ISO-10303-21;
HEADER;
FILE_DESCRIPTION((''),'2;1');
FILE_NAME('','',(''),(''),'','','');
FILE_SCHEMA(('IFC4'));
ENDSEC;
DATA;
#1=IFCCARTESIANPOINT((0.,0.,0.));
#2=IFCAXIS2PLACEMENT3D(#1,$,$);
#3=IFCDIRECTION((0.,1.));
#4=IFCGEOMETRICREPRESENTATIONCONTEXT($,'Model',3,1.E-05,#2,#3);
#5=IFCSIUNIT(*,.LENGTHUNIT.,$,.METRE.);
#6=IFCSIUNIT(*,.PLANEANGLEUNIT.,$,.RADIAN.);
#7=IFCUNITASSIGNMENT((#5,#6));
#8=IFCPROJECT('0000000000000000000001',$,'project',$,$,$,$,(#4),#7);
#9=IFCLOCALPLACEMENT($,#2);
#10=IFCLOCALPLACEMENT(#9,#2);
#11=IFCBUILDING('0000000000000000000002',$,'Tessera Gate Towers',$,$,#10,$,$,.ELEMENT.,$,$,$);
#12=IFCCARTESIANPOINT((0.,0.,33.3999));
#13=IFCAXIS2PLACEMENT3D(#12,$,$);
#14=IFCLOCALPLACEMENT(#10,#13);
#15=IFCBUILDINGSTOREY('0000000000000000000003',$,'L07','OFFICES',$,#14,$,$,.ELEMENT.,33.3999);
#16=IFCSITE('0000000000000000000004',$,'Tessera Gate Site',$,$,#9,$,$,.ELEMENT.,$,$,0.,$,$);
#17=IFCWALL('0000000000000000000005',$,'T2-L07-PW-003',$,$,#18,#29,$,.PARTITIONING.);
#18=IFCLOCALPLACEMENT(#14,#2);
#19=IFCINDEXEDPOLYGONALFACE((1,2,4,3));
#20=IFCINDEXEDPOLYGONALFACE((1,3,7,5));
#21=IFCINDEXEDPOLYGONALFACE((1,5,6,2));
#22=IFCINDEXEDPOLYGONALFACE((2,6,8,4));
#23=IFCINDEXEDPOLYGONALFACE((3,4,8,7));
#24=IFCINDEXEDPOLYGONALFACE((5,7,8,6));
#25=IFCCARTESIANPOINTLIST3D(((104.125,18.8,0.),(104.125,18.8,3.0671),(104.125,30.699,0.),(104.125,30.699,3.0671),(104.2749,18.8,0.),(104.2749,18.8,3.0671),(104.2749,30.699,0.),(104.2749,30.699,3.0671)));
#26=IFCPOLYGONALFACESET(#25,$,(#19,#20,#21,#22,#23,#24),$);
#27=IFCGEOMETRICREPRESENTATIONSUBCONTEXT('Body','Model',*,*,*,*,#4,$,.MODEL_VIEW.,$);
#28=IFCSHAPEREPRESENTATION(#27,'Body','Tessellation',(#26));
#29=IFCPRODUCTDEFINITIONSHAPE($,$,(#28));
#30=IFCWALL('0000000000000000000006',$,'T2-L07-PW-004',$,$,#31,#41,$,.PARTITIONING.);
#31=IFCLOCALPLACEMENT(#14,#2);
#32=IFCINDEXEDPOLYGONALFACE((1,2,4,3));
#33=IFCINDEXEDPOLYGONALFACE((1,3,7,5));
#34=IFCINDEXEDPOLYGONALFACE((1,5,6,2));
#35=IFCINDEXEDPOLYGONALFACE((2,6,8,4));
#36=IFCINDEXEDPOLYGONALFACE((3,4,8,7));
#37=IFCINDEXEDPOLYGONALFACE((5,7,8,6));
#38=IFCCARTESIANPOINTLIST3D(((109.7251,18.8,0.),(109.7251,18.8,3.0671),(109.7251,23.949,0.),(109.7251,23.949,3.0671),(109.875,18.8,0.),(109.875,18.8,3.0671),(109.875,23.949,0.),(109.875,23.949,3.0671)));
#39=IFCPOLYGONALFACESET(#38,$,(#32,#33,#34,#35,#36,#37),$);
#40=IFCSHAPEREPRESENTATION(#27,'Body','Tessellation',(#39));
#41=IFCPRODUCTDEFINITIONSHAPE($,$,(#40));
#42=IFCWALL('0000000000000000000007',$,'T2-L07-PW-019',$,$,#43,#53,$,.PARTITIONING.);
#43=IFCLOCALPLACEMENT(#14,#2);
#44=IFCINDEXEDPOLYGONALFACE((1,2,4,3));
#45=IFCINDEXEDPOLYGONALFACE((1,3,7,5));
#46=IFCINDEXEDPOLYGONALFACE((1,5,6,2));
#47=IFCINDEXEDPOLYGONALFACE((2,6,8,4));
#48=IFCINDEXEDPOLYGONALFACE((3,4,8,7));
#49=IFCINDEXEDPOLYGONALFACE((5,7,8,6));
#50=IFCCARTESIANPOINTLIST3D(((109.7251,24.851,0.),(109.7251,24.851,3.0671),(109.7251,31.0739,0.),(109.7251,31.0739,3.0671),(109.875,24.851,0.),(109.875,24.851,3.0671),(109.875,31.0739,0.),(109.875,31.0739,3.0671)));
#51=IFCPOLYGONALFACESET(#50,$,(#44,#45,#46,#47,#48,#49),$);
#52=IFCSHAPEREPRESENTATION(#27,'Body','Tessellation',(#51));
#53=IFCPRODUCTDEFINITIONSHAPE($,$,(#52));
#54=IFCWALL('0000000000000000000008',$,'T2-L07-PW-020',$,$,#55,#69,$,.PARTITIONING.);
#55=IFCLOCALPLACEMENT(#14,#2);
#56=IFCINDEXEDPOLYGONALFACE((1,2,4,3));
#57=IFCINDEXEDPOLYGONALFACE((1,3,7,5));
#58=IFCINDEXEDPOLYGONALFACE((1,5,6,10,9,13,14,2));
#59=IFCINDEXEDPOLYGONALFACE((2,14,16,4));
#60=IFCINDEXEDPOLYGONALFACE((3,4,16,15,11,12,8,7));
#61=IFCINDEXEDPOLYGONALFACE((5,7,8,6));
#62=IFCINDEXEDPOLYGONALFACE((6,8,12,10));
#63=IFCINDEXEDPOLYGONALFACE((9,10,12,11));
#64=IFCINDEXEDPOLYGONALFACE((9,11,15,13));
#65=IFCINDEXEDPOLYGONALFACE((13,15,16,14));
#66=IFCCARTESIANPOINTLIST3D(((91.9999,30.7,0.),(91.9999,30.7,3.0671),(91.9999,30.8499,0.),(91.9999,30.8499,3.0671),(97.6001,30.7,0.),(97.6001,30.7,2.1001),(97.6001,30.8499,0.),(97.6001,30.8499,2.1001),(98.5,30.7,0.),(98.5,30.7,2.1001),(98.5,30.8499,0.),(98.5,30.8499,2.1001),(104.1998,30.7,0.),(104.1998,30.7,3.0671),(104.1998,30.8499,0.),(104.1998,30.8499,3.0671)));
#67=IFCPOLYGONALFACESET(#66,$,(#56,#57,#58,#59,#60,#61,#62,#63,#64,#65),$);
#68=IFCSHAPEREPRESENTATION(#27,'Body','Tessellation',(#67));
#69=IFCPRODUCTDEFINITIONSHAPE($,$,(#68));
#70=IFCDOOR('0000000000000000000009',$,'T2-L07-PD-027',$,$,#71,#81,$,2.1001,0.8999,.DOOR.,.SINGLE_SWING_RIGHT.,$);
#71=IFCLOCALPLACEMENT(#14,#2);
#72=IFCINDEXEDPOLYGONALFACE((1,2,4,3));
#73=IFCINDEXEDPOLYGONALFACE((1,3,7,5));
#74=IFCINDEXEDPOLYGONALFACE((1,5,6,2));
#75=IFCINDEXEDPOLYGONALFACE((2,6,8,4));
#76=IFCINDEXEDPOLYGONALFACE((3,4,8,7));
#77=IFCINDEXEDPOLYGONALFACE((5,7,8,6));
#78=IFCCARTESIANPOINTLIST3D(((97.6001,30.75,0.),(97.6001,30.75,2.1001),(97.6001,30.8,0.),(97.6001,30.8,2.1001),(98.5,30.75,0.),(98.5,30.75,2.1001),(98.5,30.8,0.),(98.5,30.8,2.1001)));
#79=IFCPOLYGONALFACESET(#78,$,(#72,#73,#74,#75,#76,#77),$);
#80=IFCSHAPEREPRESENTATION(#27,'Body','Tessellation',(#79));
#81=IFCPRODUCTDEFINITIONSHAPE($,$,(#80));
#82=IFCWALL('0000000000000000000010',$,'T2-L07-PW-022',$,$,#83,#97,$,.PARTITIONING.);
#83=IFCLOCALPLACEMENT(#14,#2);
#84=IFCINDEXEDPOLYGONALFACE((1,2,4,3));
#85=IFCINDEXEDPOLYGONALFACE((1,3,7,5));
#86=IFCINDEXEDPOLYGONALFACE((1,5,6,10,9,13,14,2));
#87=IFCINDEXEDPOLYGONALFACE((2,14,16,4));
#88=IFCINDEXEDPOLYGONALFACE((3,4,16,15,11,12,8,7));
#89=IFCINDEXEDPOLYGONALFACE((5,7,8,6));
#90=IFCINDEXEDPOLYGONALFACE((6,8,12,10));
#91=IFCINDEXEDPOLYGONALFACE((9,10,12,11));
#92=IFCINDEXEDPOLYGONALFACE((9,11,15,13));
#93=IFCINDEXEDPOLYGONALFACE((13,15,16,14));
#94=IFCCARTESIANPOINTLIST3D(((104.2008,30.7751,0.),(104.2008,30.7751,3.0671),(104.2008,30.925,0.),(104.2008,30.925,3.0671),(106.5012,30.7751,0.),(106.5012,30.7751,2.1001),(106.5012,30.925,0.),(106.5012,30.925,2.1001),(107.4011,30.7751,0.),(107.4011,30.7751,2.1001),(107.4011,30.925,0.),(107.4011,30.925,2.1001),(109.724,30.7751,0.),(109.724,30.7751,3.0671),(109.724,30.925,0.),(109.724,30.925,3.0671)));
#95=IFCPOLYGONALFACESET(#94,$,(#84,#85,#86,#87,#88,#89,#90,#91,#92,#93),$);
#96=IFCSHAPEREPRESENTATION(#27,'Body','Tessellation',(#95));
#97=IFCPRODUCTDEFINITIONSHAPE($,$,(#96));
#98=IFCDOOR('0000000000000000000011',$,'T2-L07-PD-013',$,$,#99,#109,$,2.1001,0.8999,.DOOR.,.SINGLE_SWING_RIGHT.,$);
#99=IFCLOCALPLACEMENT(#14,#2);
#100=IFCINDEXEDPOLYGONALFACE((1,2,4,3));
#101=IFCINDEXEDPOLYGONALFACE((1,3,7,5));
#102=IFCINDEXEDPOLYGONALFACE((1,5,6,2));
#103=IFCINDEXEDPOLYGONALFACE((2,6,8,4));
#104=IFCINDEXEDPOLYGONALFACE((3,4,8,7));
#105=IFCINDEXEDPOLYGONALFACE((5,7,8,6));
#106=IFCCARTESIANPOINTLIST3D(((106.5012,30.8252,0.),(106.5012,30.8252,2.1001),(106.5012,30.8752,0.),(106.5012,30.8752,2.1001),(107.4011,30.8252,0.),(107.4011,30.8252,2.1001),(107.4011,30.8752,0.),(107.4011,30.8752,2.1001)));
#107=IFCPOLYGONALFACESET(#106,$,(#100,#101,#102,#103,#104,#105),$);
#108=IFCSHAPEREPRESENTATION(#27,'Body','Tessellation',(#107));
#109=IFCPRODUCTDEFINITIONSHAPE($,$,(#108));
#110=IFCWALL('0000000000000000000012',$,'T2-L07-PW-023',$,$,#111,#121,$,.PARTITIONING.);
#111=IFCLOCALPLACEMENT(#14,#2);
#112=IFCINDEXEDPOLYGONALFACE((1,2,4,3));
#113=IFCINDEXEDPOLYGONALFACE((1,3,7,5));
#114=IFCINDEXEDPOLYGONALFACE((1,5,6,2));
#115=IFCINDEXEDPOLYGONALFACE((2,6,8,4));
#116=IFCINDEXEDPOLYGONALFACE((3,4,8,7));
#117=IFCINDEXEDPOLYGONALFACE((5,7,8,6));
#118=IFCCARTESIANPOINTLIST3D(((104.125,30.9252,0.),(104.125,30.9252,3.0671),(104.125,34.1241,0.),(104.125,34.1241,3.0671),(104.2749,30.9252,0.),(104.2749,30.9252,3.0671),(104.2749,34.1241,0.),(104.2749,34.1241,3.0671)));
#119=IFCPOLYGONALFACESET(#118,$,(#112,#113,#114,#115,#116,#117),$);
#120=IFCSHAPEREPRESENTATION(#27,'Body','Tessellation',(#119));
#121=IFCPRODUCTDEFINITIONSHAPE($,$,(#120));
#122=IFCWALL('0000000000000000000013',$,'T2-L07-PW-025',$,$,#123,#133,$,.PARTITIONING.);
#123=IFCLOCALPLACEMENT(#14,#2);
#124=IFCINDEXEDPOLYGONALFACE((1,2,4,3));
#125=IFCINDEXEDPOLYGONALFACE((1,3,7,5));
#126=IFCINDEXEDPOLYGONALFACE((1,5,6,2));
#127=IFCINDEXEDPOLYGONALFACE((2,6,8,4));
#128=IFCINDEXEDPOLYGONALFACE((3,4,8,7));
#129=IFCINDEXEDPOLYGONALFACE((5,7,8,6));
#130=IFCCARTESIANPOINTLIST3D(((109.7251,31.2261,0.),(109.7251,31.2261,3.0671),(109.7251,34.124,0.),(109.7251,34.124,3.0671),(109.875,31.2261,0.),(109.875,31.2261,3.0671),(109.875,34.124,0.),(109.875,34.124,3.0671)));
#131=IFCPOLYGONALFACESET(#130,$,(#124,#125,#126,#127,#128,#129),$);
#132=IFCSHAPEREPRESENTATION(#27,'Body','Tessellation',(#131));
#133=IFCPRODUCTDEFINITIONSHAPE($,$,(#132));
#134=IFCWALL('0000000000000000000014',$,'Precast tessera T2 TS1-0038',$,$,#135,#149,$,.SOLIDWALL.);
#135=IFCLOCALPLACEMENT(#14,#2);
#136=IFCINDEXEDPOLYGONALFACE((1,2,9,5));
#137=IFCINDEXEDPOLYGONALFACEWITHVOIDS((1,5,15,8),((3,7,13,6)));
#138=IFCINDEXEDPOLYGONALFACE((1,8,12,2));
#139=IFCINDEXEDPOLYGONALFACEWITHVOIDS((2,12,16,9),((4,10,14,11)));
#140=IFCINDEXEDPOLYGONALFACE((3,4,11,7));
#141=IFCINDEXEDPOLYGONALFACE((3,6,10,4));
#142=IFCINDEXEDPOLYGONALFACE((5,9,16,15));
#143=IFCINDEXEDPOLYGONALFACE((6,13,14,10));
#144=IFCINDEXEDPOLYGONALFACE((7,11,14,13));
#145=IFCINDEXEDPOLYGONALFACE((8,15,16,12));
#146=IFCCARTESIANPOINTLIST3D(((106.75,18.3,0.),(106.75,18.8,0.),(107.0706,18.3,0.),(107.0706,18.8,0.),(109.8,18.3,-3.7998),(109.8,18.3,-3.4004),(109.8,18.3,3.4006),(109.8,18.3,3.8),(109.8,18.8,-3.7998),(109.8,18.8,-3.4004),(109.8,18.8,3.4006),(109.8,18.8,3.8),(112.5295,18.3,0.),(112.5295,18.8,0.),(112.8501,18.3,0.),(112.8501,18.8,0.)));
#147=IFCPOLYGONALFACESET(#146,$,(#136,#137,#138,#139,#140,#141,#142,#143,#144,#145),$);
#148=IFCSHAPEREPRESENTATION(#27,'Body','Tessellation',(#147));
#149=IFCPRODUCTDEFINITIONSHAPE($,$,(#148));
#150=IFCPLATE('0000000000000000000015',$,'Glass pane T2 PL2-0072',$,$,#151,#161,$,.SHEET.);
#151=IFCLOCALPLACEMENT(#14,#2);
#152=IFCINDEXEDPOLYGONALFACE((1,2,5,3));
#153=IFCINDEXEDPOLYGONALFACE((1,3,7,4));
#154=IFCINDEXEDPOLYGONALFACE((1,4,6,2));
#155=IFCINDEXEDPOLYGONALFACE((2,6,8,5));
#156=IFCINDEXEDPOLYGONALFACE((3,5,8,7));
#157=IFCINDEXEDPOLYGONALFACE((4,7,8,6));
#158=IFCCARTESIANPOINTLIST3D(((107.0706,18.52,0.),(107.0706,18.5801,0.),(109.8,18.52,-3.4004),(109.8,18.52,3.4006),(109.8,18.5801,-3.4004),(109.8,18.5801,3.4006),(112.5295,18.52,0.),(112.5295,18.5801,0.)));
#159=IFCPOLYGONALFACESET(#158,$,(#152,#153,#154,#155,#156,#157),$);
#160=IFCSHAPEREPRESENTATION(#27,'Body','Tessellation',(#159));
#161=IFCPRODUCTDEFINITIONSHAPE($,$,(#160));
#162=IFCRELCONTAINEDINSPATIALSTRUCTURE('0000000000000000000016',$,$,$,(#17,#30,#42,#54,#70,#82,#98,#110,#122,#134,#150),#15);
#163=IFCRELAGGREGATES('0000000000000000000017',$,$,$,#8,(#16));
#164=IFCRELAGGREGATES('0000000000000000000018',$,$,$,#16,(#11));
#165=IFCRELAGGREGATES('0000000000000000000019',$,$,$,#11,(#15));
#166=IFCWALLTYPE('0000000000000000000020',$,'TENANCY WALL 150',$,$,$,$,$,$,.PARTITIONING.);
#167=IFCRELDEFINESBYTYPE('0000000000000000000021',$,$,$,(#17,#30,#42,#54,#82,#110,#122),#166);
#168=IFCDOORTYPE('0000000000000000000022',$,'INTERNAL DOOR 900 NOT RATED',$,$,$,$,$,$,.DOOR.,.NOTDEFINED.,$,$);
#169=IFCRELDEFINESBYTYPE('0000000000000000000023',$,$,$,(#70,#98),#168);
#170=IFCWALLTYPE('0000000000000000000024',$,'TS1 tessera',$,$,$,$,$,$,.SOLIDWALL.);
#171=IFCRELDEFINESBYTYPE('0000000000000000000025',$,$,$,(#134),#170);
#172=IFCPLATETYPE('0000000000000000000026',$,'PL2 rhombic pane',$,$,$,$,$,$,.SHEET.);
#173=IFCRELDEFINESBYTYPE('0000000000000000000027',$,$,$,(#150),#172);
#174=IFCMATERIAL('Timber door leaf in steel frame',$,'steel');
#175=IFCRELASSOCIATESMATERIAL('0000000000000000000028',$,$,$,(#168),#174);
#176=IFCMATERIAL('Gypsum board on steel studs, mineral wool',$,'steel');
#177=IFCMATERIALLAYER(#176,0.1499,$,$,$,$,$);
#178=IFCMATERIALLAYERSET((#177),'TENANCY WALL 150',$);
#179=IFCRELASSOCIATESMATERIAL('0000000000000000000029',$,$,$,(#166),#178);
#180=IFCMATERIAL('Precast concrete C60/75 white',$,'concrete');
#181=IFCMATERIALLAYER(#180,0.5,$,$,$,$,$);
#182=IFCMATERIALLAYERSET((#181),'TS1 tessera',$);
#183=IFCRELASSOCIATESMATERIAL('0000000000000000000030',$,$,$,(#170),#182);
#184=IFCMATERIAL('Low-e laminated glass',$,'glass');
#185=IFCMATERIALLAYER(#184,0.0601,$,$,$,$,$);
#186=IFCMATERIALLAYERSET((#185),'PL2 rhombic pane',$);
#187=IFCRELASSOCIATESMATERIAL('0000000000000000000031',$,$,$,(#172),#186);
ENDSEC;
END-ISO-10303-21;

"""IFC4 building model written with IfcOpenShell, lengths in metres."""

from ifc_helpers import new_model, si_unit, direction, frame, frame_2d, origin, place, context, subcontext, project, spatial, polyline, rectangle, outline, extrude, source, transform, mapped, material, layer, layer_set, type_object, element, fill, save


model = new_model("IFC4")

# Units and contexts
model_context = context("Model", 3, precision=1e-05, world=origin(), true_north=direction((0.0, 1.0)))
body_context = subcontext(model_context, "Body", "Model", "MODEL_VIEW")
ifc_project = project(units=[si_unit("LENGTHUNIT", "METRE"), si_unit("PLANEANGLEUNIT", "RADIAN")], contexts=[model_context])

# Site, building, storey
site_placement = place(None, origin())
site = spatial("IfcSite", under=ifc_project, at=site_placement, Name="Tessera Gate Site", CompositionType="ELEMENT", RefElevation=0.0)
building_placement = place(site_placement, origin())
building = spatial("IfcBuilding", under=site, at=building_placement, Name="Tessera Gate Towers", CompositionType="ELEMENT")
storey_placement = place(building_placement, frame((0.0, 0.0, 33.3999)))
storey = spatial("IfcBuildingStorey", under=building, at=storey_placement, Name="L07", Description="OFFICES", CompositionType="ELEMENT", Elevation=33.3999)

# Shared definitions
ifc_material_1 = material(Name="Timber door leaf in steel frame", Category="steel")
door_type = type_object("IfcDoorType", Name="INTERNAL DOOR 900 NOT RATED", OperationType="NOTDEFINED", PredefinedType="DOOR", material=ifc_material_1)
shared_shape_1 = source(origin(), body_context, "Body", "SweptSolid", [
    extrude(rectangle(XDim=0.8999, YDim=2.1001, at=frame_2d((0.45, 1.05))), frame((0.0, 0.0249, 0.0), z_axis=(0.0, -1.0, 0.0), x_axis=(1.0, 0.0, 0.0)), (0.0, 0.0, 1.0), 0.05),
])

# Walls
ifc_material_2 = material(Name="Gypsum board on steel studs, mineral wool", Category="steel")
ifc_layer_1 = layer(ifc_material_2, 0.1499)
ifc_layer_set_1 = layer_set([ifc_layer_1], Name="TENANCY WALL 150")
wall_type_1 = type_object("IfcWallType", Name="TENANCY WALL 150", PredefinedType="PARTITIONING", material=ifc_layer_set_1)
wall_1_placement = place(storey_placement, frame((104.2, 18.8, 0.0), z_axis=(0.0, 0.0, 1.0), x_axis=(0.0, 1.0, 0.0)))
element("IfcWall", 1, at=wall_1_placement, inside=storey, type_object=wall_type_1, Name="T2-L07-PW-003", PredefinedType="PARTITIONING", context=body_context, shape_type="SweptSolid", body=[
    extrude(rectangle(XDim=11.8989, YDim=0.1499, at=frame_2d((5.9495, 0.0))), origin(), (0.0, 0.0, 1.0), 3.0671),
])
wall_2_placement = place(storey_placement, frame((109.8, 18.8, 0.0), z_axis=(0.0, 0.0, 1.0), x_axis=(0.0, 1.0, 0.0)))
element("IfcWall", 2, at=wall_2_placement, inside=storey, type_object=wall_type_1, Name="T2-L07-PW-004", PredefinedType="PARTITIONING", context=body_context, shape_type="SweptSolid", body=[
    extrude(rectangle(XDim=5.1489, YDim=0.1499, at=frame_2d((2.5745, 0.0))), origin(), (0.0, 0.0, 1.0), 3.0671),
])
wall_3_placement = place(storey_placement, frame((109.8, 24.8511, 0.0), z_axis=(0.0, 0.0, 1.0), x_axis=(0.0, 1.0, 0.0)))
element("IfcWall", 3, at=wall_3_placement, inside=storey, type_object=wall_type_1, Name="T2-L07-PW-019", PredefinedType="PARTITIONING", context=body_context, shape_type="SweptSolid", body=[
    extrude(rectangle(XDim=6.2229, YDim=0.1499, at=frame_2d((3.1113, 0.0))), origin(), (0.0, 0.0, 1.0), 3.0671),
])

# Walls, openings, doors
wall_4_placement = place(storey_placement, frame((104.2, 30.7749, 0.0), z_axis=(0.0, 0.0, 1.0), x_axis=(-1.0, 0.0, 0.0)))
wall_4 = element("IfcWall", 4, at=wall_4_placement, inside=storey, type_object=wall_type_1, Name="T2-L07-PW-020", PredefinedType="PARTITIONING", context=body_context, shape_type="SweptSolid", body=[
    extrude(rectangle(XDim=12.2, YDim=0.1499, at=frame_2d((6.1001, 0.0))), origin(), (0.0, 0.0, 1.0), 3.0671),
])
shared_shape_2 = source(origin(), body_context, "Body", "SweptSolid", [
    extrude(rectangle(XDim=0.8999, YDim=2.1001, at=frame_2d((0.45, 1.05))), frame((0.0, 0.085, 0.0), z_axis=(0.0, -1.0, 0.0), x_axis=(1.0, 0.0, 0.0)), (0.0, 0.0, 1.0), 0.1699),
])
opening_1_placement = place(wall_4_placement, frame((5.7, 0.0, 0.0)))
opening_1 = element("IfcOpeningElement", 5, at=opening_1_placement, cuts=wall_4, PredefinedType="OPENING", context=body_context, shape_type="MappedRepresentation", body=[
    mapped(shared_shape_2, transform((0.0, 0.0, 0.0), scale=1.0)),
])
door_1_placement = place(opening_1_placement, origin())
door_1 = element("IfcDoor", 6, at=door_1_placement, inside=storey, type_object=door_type, Name="T2-L07-PD-027", OperationType="SINGLE_SWING_RIGHT", OverallHeight=2.1001, OverallWidth=0.8999, PredefinedType="DOOR", context=body_context, shape_type="MappedRepresentation", body=[
    mapped(shared_shape_1, transform((0.0, 0.0, 0.0), scale=1.0)),
])
fill(opening_1, door_1)
wall_5_placement = place(storey_placement, frame((109.7241, 30.8501, 0.0), z_axis=(0.0, 0.0, 1.0), x_axis=(-1.0, 0.0, 0.0)))
wall_5 = element("IfcWall", 7, at=wall_5_placement, inside=storey, type_object=wall_type_1, Name="T2-L07-PW-022", PredefinedType="PARTITIONING", context=body_context, shape_type="SweptSolid", body=[
    extrude(rectangle(XDim=5.5232, YDim=0.1499, at=frame_2d((2.7617, 0.0))), origin(), (0.0, 0.0, 1.0), 3.0671),
])
opening_2_placement = place(wall_5_placement, frame((2.323, 0.0, 0.0)))
opening_2 = element("IfcOpeningElement", 8, at=opening_2_placement, cuts=wall_5, PredefinedType="OPENING", context=body_context, shape_type="MappedRepresentation", body=[
    mapped(shared_shape_2, transform((0.0, 0.0, 0.0), scale=1.0)),
])
door_2_placement = place(opening_2_placement, origin())
door_2 = element("IfcDoor", 9, at=door_2_placement, inside=storey, type_object=door_type, Name="T2-L07-PD-013", OperationType="SINGLE_SWING_RIGHT", OverallHeight=2.1001, OverallWidth=0.8999, PredefinedType="DOOR", context=body_context, shape_type="MappedRepresentation", body=[
    mapped(shared_shape_1, transform((0.0, 0.0, 0.0), scale=1.0)),
])
fill(opening_2, door_2)

# Walls
wall_6_placement = place(storey_placement, frame((104.2, 30.925, 0.0), z_axis=(0.0, 0.0, 1.0), x_axis=(0.0, 1.0, 0.0)))
element("IfcWall", 10, at=wall_6_placement, inside=storey, type_object=wall_type_1, Name="T2-L07-PW-023", PredefinedType="PARTITIONING", context=body_context, shape_type="SweptSolid", body=[
    extrude(rectangle(XDim=3.199, YDim=0.1499, at=frame_2d((1.5996, 0.0))), origin(), (0.0, 0.0, 1.0), 3.0671),
])
wall_7_placement = place(storey_placement, frame((109.8, 31.2261, 0.0), z_axis=(0.0, 0.0, 1.0), x_axis=(0.0, 1.0, 0.0)))
element("IfcWall", 11, at=wall_7_placement, inside=storey, type_object=wall_type_1, Name="T2-L07-PW-025", PredefinedType="PARTITIONING", context=body_context, shape_type="SweptSolid", body=[
    extrude(rectangle(XDim=2.8979, YDim=0.1499, at=frame_2d((1.449, 0.0))), origin(), (0.0, 0.0, 1.0), 3.0671),
])

# Wall, opening, plate
ifc_material_3 = material(Name="Precast concrete C60/75 white", Category="concrete")
ifc_layer_2 = layer(ifc_material_3, 0.5)
ifc_layer_set_2 = layer_set([ifc_layer_2], Name="TS1 tessera")
wall_type_2 = type_object("IfcWallType", Name="TS1 tessera", PredefinedType="SOLIDWALL", material=ifc_layer_set_2)
shared_shape_3 = source(origin(), body_context, "Body", "SweptSolid", [
    extrude(outline(polyline([(3.05, 0.0), (6.1001, 3.7998), (3.05, 7.5999), (0.0, 3.7998), (3.05, 0.0)])), frame((0.0, 0.25, 0.0), z_axis=(0.0, -1.0, 0.0), x_axis=(1.0, 0.0, 0.0)), (0.0, 0.0, 1.0), 0.5),
])
wall_8_placement = place(storey_placement, frame((106.75, 18.55, -3.7998), z_axis=(0.0, 0.0, 1.0), x_axis=(1.0, 0.0, 0.0)))
wall_8 = element("IfcWall", 12, at=wall_8_placement, inside=storey, type_object=wall_type_2, Name="Precast tessera T2 TS1-0038", PredefinedType="SOLIDWALL", context=body_context, shape_type="MappedRepresentation", body=[
    mapped(shared_shape_3, transform((0.0, 0.0, 0.0), scale=1.0)),
])
shared_shape_4 = source(origin(), body_context, "Body", "SweptSolid", [
    extrude(outline(polyline([(3.05, 0.3994), (5.7795, 3.7998), (3.05, 7.2004), (0.3206, 3.7998), (3.05, 0.3994)])), frame((0.0, 0.26, 0.0), z_axis=(0.0, -1.0, 0.0), x_axis=(1.0, 0.0, 0.0)), (0.0, 0.0, 1.0), 0.52),
])
opening_3_placement = place(wall_8_placement, origin())
opening_3 = element("IfcOpeningElement", 13, at=opening_3_placement, cuts=wall_8, PredefinedType="OPENING", context=body_context, shape_type="MappedRepresentation", body=[
    mapped(shared_shape_4, transform((0.0, 0.0, 0.0), scale=1.0)),
])
ifc_material_4 = material(Name="Low-e laminated glass", Category="glass")
ifc_layer_3 = layer(ifc_material_4, 0.0601)
ifc_layer_set_3 = layer_set([ifc_layer_3], Name="PL2 rhombic pane")
plate_type = type_object("IfcPlateType", Name="PL2 rhombic pane", PredefinedType="SHEET", material=ifc_layer_set_3)
shared_shape_5 = source(origin(), body_context, "Body", "SweptSolid", [
    extrude(outline(polyline([(3.05, 0.3994), (5.7795, 3.7998), (3.05, 7.2004), (0.3206, 3.7998), (3.05, 0.3994)])), frame((0.0, 0.03, 0.0), z_axis=(0.0, -1.0, 0.0), x_axis=(1.0, 0.0, 0.0)), (0.0, 0.0, 1.0), 0.0601),
])
plate_1_placement = place(opening_3_placement, origin())
plate_1 = element("IfcPlate", 14, at=plate_1_placement, inside=storey, type_object=plate_type, Name="Glass pane T2 PL2-0072", PredefinedType="SHEET", context=body_context, shape_type="MappedRepresentation", body=[
    mapped(shared_shape_5, transform((0.0, 0.0, 0.0), scale=1.0)),
])
fill(opening_3, plate_1)

save(model, "model.ifc")
